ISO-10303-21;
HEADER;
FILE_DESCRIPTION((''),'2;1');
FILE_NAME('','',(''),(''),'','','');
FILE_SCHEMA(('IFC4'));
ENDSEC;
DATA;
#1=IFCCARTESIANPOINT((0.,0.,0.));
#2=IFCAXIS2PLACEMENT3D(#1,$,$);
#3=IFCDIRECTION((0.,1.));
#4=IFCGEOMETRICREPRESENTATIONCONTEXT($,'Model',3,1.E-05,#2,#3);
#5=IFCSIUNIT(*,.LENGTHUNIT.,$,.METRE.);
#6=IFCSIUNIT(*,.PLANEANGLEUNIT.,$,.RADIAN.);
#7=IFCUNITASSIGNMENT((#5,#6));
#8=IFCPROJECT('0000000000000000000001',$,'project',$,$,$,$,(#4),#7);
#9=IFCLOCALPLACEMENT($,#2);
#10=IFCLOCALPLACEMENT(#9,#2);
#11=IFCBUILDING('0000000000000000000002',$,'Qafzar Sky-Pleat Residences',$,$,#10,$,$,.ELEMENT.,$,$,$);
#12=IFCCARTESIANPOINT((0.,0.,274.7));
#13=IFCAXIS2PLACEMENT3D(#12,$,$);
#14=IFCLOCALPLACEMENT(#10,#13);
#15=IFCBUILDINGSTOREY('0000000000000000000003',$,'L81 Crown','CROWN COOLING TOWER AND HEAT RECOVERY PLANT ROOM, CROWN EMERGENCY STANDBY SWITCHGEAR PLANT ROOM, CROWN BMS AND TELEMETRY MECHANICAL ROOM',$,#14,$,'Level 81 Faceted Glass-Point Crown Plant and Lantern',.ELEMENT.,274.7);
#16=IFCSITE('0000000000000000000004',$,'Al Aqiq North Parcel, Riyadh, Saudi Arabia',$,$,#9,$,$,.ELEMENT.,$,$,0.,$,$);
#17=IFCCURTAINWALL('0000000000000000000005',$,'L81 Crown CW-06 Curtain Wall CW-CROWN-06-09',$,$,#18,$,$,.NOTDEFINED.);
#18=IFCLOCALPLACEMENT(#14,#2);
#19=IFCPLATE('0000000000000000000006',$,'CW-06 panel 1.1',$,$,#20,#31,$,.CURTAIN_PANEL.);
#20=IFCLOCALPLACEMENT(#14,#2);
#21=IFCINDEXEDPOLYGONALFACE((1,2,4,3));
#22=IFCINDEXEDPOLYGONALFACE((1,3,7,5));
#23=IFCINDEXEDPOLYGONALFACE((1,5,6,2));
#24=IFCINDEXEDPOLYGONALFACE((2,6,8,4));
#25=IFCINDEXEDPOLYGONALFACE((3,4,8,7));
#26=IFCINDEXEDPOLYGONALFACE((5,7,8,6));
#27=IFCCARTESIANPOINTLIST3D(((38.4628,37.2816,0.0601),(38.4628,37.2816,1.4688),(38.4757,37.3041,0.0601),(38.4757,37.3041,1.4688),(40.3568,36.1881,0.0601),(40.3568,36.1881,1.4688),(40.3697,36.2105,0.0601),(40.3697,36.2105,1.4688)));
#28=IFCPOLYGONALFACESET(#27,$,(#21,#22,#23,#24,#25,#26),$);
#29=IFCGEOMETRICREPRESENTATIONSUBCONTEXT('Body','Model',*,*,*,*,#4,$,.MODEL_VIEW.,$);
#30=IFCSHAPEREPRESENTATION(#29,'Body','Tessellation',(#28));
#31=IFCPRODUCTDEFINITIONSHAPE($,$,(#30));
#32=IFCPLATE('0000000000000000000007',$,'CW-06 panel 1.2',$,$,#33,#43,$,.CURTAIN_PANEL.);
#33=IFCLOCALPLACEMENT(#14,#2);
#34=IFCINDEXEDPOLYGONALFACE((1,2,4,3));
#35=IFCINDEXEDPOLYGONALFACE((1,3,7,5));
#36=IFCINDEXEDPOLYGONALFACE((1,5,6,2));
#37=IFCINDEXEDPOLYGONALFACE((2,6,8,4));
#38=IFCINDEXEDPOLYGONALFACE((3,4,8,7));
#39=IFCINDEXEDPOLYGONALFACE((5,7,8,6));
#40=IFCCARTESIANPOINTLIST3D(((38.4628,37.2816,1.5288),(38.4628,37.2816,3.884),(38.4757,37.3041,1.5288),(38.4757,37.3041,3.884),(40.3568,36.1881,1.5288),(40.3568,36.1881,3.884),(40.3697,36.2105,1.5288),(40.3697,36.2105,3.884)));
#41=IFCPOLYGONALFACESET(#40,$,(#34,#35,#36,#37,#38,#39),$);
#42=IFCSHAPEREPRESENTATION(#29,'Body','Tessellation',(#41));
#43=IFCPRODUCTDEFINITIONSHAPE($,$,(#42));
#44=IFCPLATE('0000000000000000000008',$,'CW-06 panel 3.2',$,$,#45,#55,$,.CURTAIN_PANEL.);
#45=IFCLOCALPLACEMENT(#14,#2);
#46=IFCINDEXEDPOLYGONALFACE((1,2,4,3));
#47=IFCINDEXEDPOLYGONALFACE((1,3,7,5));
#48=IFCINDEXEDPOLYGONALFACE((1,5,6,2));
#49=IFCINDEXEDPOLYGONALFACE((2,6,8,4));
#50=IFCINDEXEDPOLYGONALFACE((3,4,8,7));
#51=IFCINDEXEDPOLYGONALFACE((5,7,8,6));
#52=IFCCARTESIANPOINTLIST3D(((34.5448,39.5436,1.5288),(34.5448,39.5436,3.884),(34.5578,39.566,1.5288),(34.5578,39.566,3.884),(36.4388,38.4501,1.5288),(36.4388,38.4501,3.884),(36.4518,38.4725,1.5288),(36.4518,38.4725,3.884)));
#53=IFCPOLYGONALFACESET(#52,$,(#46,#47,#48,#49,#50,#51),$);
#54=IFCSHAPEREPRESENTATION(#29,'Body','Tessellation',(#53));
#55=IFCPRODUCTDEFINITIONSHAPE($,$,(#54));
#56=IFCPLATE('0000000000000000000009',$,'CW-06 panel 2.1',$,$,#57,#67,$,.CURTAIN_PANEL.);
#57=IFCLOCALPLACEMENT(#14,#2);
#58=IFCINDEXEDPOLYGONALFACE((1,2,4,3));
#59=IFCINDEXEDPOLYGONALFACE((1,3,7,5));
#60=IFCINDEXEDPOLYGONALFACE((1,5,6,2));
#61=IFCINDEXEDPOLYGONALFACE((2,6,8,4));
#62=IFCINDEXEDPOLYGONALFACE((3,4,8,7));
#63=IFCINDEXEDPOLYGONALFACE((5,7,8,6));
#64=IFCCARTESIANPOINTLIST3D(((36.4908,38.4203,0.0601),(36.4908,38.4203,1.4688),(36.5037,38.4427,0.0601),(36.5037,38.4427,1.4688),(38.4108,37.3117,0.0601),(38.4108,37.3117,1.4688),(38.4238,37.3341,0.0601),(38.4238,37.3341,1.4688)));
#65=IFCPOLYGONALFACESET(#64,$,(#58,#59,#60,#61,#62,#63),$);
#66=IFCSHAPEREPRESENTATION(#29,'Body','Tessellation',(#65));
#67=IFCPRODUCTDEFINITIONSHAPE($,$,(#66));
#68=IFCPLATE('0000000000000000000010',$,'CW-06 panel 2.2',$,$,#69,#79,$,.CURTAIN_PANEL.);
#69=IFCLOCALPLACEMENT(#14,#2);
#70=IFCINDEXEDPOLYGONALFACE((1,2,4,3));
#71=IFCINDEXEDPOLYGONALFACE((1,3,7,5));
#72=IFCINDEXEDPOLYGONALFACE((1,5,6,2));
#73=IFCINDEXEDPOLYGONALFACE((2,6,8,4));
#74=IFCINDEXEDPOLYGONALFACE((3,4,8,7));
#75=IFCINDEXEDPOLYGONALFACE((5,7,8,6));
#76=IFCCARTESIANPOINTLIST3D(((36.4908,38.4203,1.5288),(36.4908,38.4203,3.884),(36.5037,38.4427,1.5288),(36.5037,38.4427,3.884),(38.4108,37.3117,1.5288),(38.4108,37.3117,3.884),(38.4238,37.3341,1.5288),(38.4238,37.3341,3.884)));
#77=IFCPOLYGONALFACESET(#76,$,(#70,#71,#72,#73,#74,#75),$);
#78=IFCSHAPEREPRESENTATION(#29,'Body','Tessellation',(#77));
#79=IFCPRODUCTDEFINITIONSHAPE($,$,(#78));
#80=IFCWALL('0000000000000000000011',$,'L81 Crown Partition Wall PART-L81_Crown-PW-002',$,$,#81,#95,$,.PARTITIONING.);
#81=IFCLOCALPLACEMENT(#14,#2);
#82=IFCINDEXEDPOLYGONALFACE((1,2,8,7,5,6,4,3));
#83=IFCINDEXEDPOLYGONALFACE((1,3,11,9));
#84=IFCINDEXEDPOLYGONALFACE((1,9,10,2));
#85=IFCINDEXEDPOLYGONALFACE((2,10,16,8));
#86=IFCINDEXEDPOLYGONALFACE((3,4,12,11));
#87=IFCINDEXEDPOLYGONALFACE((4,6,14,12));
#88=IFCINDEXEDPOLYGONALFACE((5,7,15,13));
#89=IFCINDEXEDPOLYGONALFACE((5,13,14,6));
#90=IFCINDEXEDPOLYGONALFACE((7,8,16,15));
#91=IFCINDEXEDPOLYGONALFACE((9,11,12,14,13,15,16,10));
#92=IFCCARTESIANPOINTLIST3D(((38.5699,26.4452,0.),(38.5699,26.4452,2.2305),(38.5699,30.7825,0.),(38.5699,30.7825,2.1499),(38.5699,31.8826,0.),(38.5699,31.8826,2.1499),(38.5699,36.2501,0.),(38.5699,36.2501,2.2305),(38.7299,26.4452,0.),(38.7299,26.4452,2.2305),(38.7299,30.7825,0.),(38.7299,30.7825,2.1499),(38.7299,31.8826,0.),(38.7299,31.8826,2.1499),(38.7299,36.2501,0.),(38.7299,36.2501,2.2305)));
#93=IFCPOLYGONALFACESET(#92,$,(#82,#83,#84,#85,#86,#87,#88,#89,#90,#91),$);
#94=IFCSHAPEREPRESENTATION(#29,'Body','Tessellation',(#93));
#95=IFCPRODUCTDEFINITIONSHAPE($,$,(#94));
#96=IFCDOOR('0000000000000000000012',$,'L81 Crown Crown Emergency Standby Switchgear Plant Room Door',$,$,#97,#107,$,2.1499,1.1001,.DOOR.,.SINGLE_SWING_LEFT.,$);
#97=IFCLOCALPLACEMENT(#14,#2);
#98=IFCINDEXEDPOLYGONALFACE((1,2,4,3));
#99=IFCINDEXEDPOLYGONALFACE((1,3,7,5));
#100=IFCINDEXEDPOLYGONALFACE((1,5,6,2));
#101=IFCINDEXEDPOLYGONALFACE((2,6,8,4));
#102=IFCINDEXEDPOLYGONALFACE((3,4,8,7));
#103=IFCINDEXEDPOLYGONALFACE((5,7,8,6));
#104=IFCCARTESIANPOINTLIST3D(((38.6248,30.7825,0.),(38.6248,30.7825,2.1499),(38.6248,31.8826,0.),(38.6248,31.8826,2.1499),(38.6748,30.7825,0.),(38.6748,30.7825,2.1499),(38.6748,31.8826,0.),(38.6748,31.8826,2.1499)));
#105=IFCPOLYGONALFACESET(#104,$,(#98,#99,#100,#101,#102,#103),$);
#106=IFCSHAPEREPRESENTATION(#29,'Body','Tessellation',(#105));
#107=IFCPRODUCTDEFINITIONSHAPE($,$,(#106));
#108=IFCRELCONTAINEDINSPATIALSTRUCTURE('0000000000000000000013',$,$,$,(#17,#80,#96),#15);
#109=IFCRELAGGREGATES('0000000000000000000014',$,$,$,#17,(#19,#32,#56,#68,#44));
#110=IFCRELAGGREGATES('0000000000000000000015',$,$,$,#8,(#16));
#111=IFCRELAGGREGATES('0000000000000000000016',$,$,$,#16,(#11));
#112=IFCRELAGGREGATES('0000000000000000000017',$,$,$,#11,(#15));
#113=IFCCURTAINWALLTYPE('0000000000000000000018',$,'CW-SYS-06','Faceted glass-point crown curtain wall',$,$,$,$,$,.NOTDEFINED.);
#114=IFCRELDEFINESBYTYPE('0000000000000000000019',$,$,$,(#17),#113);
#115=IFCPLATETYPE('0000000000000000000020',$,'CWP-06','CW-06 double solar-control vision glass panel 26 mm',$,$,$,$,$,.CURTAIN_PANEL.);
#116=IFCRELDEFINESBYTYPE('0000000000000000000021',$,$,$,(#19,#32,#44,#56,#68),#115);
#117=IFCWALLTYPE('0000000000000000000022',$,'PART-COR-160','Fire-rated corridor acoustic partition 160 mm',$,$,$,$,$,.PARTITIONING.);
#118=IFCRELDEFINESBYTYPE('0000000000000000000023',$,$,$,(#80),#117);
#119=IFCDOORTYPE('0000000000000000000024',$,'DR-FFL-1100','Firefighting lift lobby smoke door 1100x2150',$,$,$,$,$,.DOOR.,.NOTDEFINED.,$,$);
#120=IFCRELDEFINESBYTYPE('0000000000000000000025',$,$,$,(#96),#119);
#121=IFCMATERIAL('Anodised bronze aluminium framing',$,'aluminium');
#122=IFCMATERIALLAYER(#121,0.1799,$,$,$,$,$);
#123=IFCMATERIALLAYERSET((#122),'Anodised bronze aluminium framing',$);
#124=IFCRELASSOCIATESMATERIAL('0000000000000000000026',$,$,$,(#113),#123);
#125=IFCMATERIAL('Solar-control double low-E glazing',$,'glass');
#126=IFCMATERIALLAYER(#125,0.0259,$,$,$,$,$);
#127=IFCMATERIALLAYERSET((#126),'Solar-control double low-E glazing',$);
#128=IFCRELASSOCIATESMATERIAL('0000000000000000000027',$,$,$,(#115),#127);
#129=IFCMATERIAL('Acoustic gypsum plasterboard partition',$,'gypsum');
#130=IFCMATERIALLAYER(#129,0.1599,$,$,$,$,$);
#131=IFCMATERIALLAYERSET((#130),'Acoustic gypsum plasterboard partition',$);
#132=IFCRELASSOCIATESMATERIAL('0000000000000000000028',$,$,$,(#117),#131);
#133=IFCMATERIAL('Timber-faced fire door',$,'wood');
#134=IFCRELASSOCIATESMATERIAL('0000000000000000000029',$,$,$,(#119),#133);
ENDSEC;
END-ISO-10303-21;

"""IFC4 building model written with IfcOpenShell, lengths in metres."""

from ifc_helpers import new_model, si_unit, direction, frame, frame_2d, origin, origin_2d, place, context, subcontext, project, spatial, rectangle, extrude, source, transform, mapped, material, layer, layer_set, type_object, element, fill, aggregate, save


model = new_model("IFC4")

# Units and contexts
model_context = context("Model", 3, precision=1e-05, world=origin(), true_north=direction((0.0, 1.0)))
body_context = subcontext(model_context, "Body", "Model", "MODEL_VIEW")
ifc_project = project(units=[si_unit("LENGTHUNIT", "METRE"), si_unit("PLANEANGLEUNIT", "RADIAN")], contexts=[model_context])

# Site, building, storey
site_placement = place(None, origin())
site = spatial("IfcSite", under=ifc_project, at=site_placement, Name="Al Aqiq North Parcel, Riyadh, Saudi Arabia", CompositionType="ELEMENT", RefElevation=0.0)
building_placement = place(site_placement, origin())
building = spatial("IfcBuilding", under=site, at=building_placement, Name="Qafzar Sky-Pleat Residences", CompositionType="ELEMENT")
storey_placement = place(building_placement, frame((0.0, 0.0, 274.7)))
storey = spatial("IfcBuildingStorey", under=building, at=storey_placement, Name="L81 Crown", Description="CROWN COOLING TOWER AND HEAT RECOVERY PLANT ROOM, CROWN EMERGENCY STANDBY SWITCHGEAR PLANT ROOM, CROWN BMS AND TELEMETRY MECHANICAL ROOM", LongName="Level 81 Faceted Glass-Point Crown Plant and Lantern", CompositionType="ELEMENT", Elevation=274.7)

# Curtain wall
ifc_material_1 = material(Name="Anodised bronze aluminium framing", Category="aluminium")
ifc_layer_1 = layer(ifc_material_1, 0.1799)
ifc_layer_set_1 = layer_set([ifc_layer_1], Name="Anodised bronze aluminium framing")
curtain_wall_type = type_object("IfcCurtainWallType", Name="CW-SYS-06", Description="Faceted glass-point crown curtain wall", PredefinedType="NOTDEFINED", material=ifc_layer_set_1)
curtain_wall_1_placement = place(storey_placement, origin())
curtain_wall_1 = element("IfcCurtainWall", 1, at=curtain_wall_1_placement, inside=storey, type_object=curtain_wall_type, Name="L81 Crown CW-06 Curtain Wall CW-CROWN-06-09", PredefinedType="NOTDEFINED")

# Plates
ifc_material_2 = material(Name="Solar-control double low-E glazing", Category="glass")
ifc_layer_2 = layer(ifc_material_2, 0.0259)
ifc_layer_set_2 = layer_set([ifc_layer_2], Name="Solar-control double low-E glazing")
plate_type = type_object("IfcPlateType", Name="CWP-06", Description="CW-06 double solar-control vision glass panel 26 mm", PredefinedType="CURTAIN_PANEL", material=ifc_layer_set_2)
shared_shape_1 = source(origin(), body_context, "Body", "SweptSolid", [
    extrude(rectangle(XDim=2.187, YDim=0.0259, at=origin_2d()), origin(), (0.0, 0.0, 1.0), 1.4087),
])
plate_1_placement = place(storey_placement, frame((39.4163, 36.7461, 0.0601), z_axis=(0.0, 0.0, 1.0), x_axis=(-0.866026, 0.5, 0.0)))
plate_1 = element("IfcPlate", 2, at=plate_1_placement, type_object=plate_type, Name="CW-06 panel 1.1", PredefinedType="CURTAIN_PANEL", context=body_context, shape_type="MappedRepresentation", body=[
    mapped(shared_shape_1, transform((0.0, 0.0, 0.0), x_axis=(1.0, 0.0, 0.0), y_axis=(0.0, 1.0, 0.0), z_axis=(0.0, 0.0, 1.0), scale=1.0)),
])
shared_shape_2 = source(origin(), body_context, "Body", "SweptSolid", [
    extrude(rectangle(XDim=2.187, YDim=0.0259, at=origin_2d()), origin(), (0.0, 0.0, 1.0), 2.3552),
])
plate_2_placement = place(storey_placement, frame((39.4163, 36.7461, 1.5288), z_axis=(0.0, 0.0, 1.0), x_axis=(-0.866026, 0.5, 0.0)))
plate_2 = element("IfcPlate", 3, at=plate_2_placement, type_object=plate_type, Name="CW-06 panel 1.2", PredefinedType="CURTAIN_PANEL", context=body_context, shape_type="MappedRepresentation", body=[
    mapped(shared_shape_2, transform((0.0, 0.0, 0.0), x_axis=(1.0, 0.0, 0.0), y_axis=(0.0, 1.0, 0.0), z_axis=(0.0, 0.0, 1.0), scale=1.0)),
])
plate_3_placement = place(storey_placement, frame((35.4983, 39.0081, 1.5288), z_axis=(0.0, 0.0, 1.0), x_axis=(-0.866026, 0.5, 0.0)))
plate_3 = element("IfcPlate", 4, at=plate_3_placement, type_object=plate_type, Name="CW-06 panel 3.2", PredefinedType="CURTAIN_PANEL", context=body_context, shape_type="MappedRepresentation", body=[
    mapped(shared_shape_2, transform((0.0, 0.0, 0.0), x_axis=(1.0, 0.0, 0.0), y_axis=(0.0, 1.0, 0.0), z_axis=(0.0, 0.0, 1.0), scale=1.0)),
])
shared_shape_3 = source(origin(), body_context, "Body", "SweptSolid", [
    extrude(rectangle(XDim=2.217, YDim=0.0259, at=origin_2d()), origin(), (0.0, 0.0, 1.0), 1.4087),
])
plate_4_placement = place(storey_placement, frame((37.4573, 37.8772, 0.0601), z_axis=(0.0, 0.0, 1.0), x_axis=(-0.866026, 0.5, 0.0)))
plate_4 = element("IfcPlate", 5, at=plate_4_placement, type_object=plate_type, Name="CW-06 panel 2.1", PredefinedType="CURTAIN_PANEL", context=body_context, shape_type="MappedRepresentation", body=[
    mapped(shared_shape_3, transform((0.0, 0.0, 0.0), x_axis=(1.0, 0.0, 0.0), y_axis=(0.0, 1.0, 0.0), z_axis=(0.0, 0.0, 1.0), scale=1.0)),
])
shared_shape_4 = source(origin(), body_context, "Body", "SweptSolid", [
    extrude(rectangle(XDim=2.217, YDim=0.0259, at=origin_2d()), origin(), (0.0, 0.0, 1.0), 2.3552),
])
plate_5_placement = place(storey_placement, frame((37.4573, 37.8772, 1.5288), z_axis=(0.0, 0.0, 1.0), x_axis=(-0.866026, 0.5, 0.0)))
plate_5 = element("IfcPlate", 6, at=plate_5_placement, type_object=plate_type, Name="CW-06 panel 2.2", PredefinedType="CURTAIN_PANEL", context=body_context, shape_type="MappedRepresentation", body=[
    mapped(shared_shape_4, transform((0.0, 0.0, 0.0), x_axis=(1.0, 0.0, 0.0), y_axis=(0.0, 1.0, 0.0), z_axis=(0.0, 0.0, 1.0), scale=1.0)),
])
aggregate(curtain_wall_1, [plate_1, plate_2, plate_4, plate_5, plate_3])

# Wall, opening, door
ifc_material_3 = material(Name="Acoustic gypsum plasterboard partition", Category="gypsum")
ifc_layer_3 = layer(ifc_material_3, 0.1599)
ifc_layer_set_3 = layer_set([ifc_layer_3], Name="Acoustic gypsum plasterboard partition")
wall_type = type_object("IfcWallType", Name="PART-COR-160", Description="Fire-rated corridor acoustic partition 160 mm", PredefinedType="PARTITIONING", material=ifc_layer_set_3)
wall_placement = place(storey_placement, frame((38.6499, 36.25, 0.0), z_axis=(0.0, 0.0, 1.0), x_axis=(0.0, -1.0, 0.0)))
wall = element("IfcWall", 7, at=wall_placement, inside=storey, type_object=wall_type, Name="L81 Crown Partition Wall PART-L81_Crown-PW-002", PredefinedType="PARTITIONING", context=body_context, shape_type="SweptSolid", body=[
    extrude(rectangle(XDim=9.8049, YDim=0.1599, at=frame_2d((4.9023, 0.0))), origin(), (0.0, 0.0, 1.0), 2.2305),
])
opening_placement = place(wall_placement, frame((4.3674, 0.0, 0.0)))
opening = element("IfcOpeningElement", 8, at=opening_placement, cuts=wall, PredefinedType="OPENING", context=body_context, shape_type="SweptSolid", body=[
    extrude(rectangle(XDim=1.1001, YDim=2.1499, at=frame_2d((0.55, 1.075))), frame((0.0, 0.0898, 0.0), z_axis=(0.0, -1.0, 0.0), x_axis=(1.0, 0.0, 0.0)), (0.0, 0.0, 1.0), 0.1799),
])
ifc_material_4 = material(Name="Timber-faced fire door", Category="wood")
door_type = type_object("IfcDoorType", Name="DR-FFL-1100", Description="Firefighting lift lobby smoke door 1100x2150", OperationType="NOTDEFINED", PredefinedType="DOOR", material=ifc_material_4)
shared_shape_5 = source(origin(), body_context, "Body", "SweptSolid", [
    extrude(rectangle(XDim=1.1001, YDim=2.1499, at=frame_2d((0.55, 1.075))), frame((0.0, 0.0249, 0.0), z_axis=(0.0, -1.0, 0.0), x_axis=(1.0, 0.0, 0.0)), (0.0, 0.0, 1.0), 0.05),
])
door_placement = place(opening_placement, origin())
door = element("IfcDoor", 9, at=door_placement, inside=storey, type_object=door_type, Name="L81 Crown Crown Emergency Standby Switchgear Plant Room Door", OperationType="SINGLE_SWING_LEFT", OverallHeight=2.1499, OverallWidth=1.1001, PredefinedType="DOOR", context=body_context, shape_type="MappedRepresentation", body=[
    mapped(shared_shape_5, transform((0.0, 0.0, 0.0), x_axis=(1.0, 0.0, 0.0), y_axis=(0.0, 1.0, 0.0), z_axis=(0.0, 0.0, 1.0), scale=1.0)),
])
fill(opening, door)

save(model, "model.ifc")
